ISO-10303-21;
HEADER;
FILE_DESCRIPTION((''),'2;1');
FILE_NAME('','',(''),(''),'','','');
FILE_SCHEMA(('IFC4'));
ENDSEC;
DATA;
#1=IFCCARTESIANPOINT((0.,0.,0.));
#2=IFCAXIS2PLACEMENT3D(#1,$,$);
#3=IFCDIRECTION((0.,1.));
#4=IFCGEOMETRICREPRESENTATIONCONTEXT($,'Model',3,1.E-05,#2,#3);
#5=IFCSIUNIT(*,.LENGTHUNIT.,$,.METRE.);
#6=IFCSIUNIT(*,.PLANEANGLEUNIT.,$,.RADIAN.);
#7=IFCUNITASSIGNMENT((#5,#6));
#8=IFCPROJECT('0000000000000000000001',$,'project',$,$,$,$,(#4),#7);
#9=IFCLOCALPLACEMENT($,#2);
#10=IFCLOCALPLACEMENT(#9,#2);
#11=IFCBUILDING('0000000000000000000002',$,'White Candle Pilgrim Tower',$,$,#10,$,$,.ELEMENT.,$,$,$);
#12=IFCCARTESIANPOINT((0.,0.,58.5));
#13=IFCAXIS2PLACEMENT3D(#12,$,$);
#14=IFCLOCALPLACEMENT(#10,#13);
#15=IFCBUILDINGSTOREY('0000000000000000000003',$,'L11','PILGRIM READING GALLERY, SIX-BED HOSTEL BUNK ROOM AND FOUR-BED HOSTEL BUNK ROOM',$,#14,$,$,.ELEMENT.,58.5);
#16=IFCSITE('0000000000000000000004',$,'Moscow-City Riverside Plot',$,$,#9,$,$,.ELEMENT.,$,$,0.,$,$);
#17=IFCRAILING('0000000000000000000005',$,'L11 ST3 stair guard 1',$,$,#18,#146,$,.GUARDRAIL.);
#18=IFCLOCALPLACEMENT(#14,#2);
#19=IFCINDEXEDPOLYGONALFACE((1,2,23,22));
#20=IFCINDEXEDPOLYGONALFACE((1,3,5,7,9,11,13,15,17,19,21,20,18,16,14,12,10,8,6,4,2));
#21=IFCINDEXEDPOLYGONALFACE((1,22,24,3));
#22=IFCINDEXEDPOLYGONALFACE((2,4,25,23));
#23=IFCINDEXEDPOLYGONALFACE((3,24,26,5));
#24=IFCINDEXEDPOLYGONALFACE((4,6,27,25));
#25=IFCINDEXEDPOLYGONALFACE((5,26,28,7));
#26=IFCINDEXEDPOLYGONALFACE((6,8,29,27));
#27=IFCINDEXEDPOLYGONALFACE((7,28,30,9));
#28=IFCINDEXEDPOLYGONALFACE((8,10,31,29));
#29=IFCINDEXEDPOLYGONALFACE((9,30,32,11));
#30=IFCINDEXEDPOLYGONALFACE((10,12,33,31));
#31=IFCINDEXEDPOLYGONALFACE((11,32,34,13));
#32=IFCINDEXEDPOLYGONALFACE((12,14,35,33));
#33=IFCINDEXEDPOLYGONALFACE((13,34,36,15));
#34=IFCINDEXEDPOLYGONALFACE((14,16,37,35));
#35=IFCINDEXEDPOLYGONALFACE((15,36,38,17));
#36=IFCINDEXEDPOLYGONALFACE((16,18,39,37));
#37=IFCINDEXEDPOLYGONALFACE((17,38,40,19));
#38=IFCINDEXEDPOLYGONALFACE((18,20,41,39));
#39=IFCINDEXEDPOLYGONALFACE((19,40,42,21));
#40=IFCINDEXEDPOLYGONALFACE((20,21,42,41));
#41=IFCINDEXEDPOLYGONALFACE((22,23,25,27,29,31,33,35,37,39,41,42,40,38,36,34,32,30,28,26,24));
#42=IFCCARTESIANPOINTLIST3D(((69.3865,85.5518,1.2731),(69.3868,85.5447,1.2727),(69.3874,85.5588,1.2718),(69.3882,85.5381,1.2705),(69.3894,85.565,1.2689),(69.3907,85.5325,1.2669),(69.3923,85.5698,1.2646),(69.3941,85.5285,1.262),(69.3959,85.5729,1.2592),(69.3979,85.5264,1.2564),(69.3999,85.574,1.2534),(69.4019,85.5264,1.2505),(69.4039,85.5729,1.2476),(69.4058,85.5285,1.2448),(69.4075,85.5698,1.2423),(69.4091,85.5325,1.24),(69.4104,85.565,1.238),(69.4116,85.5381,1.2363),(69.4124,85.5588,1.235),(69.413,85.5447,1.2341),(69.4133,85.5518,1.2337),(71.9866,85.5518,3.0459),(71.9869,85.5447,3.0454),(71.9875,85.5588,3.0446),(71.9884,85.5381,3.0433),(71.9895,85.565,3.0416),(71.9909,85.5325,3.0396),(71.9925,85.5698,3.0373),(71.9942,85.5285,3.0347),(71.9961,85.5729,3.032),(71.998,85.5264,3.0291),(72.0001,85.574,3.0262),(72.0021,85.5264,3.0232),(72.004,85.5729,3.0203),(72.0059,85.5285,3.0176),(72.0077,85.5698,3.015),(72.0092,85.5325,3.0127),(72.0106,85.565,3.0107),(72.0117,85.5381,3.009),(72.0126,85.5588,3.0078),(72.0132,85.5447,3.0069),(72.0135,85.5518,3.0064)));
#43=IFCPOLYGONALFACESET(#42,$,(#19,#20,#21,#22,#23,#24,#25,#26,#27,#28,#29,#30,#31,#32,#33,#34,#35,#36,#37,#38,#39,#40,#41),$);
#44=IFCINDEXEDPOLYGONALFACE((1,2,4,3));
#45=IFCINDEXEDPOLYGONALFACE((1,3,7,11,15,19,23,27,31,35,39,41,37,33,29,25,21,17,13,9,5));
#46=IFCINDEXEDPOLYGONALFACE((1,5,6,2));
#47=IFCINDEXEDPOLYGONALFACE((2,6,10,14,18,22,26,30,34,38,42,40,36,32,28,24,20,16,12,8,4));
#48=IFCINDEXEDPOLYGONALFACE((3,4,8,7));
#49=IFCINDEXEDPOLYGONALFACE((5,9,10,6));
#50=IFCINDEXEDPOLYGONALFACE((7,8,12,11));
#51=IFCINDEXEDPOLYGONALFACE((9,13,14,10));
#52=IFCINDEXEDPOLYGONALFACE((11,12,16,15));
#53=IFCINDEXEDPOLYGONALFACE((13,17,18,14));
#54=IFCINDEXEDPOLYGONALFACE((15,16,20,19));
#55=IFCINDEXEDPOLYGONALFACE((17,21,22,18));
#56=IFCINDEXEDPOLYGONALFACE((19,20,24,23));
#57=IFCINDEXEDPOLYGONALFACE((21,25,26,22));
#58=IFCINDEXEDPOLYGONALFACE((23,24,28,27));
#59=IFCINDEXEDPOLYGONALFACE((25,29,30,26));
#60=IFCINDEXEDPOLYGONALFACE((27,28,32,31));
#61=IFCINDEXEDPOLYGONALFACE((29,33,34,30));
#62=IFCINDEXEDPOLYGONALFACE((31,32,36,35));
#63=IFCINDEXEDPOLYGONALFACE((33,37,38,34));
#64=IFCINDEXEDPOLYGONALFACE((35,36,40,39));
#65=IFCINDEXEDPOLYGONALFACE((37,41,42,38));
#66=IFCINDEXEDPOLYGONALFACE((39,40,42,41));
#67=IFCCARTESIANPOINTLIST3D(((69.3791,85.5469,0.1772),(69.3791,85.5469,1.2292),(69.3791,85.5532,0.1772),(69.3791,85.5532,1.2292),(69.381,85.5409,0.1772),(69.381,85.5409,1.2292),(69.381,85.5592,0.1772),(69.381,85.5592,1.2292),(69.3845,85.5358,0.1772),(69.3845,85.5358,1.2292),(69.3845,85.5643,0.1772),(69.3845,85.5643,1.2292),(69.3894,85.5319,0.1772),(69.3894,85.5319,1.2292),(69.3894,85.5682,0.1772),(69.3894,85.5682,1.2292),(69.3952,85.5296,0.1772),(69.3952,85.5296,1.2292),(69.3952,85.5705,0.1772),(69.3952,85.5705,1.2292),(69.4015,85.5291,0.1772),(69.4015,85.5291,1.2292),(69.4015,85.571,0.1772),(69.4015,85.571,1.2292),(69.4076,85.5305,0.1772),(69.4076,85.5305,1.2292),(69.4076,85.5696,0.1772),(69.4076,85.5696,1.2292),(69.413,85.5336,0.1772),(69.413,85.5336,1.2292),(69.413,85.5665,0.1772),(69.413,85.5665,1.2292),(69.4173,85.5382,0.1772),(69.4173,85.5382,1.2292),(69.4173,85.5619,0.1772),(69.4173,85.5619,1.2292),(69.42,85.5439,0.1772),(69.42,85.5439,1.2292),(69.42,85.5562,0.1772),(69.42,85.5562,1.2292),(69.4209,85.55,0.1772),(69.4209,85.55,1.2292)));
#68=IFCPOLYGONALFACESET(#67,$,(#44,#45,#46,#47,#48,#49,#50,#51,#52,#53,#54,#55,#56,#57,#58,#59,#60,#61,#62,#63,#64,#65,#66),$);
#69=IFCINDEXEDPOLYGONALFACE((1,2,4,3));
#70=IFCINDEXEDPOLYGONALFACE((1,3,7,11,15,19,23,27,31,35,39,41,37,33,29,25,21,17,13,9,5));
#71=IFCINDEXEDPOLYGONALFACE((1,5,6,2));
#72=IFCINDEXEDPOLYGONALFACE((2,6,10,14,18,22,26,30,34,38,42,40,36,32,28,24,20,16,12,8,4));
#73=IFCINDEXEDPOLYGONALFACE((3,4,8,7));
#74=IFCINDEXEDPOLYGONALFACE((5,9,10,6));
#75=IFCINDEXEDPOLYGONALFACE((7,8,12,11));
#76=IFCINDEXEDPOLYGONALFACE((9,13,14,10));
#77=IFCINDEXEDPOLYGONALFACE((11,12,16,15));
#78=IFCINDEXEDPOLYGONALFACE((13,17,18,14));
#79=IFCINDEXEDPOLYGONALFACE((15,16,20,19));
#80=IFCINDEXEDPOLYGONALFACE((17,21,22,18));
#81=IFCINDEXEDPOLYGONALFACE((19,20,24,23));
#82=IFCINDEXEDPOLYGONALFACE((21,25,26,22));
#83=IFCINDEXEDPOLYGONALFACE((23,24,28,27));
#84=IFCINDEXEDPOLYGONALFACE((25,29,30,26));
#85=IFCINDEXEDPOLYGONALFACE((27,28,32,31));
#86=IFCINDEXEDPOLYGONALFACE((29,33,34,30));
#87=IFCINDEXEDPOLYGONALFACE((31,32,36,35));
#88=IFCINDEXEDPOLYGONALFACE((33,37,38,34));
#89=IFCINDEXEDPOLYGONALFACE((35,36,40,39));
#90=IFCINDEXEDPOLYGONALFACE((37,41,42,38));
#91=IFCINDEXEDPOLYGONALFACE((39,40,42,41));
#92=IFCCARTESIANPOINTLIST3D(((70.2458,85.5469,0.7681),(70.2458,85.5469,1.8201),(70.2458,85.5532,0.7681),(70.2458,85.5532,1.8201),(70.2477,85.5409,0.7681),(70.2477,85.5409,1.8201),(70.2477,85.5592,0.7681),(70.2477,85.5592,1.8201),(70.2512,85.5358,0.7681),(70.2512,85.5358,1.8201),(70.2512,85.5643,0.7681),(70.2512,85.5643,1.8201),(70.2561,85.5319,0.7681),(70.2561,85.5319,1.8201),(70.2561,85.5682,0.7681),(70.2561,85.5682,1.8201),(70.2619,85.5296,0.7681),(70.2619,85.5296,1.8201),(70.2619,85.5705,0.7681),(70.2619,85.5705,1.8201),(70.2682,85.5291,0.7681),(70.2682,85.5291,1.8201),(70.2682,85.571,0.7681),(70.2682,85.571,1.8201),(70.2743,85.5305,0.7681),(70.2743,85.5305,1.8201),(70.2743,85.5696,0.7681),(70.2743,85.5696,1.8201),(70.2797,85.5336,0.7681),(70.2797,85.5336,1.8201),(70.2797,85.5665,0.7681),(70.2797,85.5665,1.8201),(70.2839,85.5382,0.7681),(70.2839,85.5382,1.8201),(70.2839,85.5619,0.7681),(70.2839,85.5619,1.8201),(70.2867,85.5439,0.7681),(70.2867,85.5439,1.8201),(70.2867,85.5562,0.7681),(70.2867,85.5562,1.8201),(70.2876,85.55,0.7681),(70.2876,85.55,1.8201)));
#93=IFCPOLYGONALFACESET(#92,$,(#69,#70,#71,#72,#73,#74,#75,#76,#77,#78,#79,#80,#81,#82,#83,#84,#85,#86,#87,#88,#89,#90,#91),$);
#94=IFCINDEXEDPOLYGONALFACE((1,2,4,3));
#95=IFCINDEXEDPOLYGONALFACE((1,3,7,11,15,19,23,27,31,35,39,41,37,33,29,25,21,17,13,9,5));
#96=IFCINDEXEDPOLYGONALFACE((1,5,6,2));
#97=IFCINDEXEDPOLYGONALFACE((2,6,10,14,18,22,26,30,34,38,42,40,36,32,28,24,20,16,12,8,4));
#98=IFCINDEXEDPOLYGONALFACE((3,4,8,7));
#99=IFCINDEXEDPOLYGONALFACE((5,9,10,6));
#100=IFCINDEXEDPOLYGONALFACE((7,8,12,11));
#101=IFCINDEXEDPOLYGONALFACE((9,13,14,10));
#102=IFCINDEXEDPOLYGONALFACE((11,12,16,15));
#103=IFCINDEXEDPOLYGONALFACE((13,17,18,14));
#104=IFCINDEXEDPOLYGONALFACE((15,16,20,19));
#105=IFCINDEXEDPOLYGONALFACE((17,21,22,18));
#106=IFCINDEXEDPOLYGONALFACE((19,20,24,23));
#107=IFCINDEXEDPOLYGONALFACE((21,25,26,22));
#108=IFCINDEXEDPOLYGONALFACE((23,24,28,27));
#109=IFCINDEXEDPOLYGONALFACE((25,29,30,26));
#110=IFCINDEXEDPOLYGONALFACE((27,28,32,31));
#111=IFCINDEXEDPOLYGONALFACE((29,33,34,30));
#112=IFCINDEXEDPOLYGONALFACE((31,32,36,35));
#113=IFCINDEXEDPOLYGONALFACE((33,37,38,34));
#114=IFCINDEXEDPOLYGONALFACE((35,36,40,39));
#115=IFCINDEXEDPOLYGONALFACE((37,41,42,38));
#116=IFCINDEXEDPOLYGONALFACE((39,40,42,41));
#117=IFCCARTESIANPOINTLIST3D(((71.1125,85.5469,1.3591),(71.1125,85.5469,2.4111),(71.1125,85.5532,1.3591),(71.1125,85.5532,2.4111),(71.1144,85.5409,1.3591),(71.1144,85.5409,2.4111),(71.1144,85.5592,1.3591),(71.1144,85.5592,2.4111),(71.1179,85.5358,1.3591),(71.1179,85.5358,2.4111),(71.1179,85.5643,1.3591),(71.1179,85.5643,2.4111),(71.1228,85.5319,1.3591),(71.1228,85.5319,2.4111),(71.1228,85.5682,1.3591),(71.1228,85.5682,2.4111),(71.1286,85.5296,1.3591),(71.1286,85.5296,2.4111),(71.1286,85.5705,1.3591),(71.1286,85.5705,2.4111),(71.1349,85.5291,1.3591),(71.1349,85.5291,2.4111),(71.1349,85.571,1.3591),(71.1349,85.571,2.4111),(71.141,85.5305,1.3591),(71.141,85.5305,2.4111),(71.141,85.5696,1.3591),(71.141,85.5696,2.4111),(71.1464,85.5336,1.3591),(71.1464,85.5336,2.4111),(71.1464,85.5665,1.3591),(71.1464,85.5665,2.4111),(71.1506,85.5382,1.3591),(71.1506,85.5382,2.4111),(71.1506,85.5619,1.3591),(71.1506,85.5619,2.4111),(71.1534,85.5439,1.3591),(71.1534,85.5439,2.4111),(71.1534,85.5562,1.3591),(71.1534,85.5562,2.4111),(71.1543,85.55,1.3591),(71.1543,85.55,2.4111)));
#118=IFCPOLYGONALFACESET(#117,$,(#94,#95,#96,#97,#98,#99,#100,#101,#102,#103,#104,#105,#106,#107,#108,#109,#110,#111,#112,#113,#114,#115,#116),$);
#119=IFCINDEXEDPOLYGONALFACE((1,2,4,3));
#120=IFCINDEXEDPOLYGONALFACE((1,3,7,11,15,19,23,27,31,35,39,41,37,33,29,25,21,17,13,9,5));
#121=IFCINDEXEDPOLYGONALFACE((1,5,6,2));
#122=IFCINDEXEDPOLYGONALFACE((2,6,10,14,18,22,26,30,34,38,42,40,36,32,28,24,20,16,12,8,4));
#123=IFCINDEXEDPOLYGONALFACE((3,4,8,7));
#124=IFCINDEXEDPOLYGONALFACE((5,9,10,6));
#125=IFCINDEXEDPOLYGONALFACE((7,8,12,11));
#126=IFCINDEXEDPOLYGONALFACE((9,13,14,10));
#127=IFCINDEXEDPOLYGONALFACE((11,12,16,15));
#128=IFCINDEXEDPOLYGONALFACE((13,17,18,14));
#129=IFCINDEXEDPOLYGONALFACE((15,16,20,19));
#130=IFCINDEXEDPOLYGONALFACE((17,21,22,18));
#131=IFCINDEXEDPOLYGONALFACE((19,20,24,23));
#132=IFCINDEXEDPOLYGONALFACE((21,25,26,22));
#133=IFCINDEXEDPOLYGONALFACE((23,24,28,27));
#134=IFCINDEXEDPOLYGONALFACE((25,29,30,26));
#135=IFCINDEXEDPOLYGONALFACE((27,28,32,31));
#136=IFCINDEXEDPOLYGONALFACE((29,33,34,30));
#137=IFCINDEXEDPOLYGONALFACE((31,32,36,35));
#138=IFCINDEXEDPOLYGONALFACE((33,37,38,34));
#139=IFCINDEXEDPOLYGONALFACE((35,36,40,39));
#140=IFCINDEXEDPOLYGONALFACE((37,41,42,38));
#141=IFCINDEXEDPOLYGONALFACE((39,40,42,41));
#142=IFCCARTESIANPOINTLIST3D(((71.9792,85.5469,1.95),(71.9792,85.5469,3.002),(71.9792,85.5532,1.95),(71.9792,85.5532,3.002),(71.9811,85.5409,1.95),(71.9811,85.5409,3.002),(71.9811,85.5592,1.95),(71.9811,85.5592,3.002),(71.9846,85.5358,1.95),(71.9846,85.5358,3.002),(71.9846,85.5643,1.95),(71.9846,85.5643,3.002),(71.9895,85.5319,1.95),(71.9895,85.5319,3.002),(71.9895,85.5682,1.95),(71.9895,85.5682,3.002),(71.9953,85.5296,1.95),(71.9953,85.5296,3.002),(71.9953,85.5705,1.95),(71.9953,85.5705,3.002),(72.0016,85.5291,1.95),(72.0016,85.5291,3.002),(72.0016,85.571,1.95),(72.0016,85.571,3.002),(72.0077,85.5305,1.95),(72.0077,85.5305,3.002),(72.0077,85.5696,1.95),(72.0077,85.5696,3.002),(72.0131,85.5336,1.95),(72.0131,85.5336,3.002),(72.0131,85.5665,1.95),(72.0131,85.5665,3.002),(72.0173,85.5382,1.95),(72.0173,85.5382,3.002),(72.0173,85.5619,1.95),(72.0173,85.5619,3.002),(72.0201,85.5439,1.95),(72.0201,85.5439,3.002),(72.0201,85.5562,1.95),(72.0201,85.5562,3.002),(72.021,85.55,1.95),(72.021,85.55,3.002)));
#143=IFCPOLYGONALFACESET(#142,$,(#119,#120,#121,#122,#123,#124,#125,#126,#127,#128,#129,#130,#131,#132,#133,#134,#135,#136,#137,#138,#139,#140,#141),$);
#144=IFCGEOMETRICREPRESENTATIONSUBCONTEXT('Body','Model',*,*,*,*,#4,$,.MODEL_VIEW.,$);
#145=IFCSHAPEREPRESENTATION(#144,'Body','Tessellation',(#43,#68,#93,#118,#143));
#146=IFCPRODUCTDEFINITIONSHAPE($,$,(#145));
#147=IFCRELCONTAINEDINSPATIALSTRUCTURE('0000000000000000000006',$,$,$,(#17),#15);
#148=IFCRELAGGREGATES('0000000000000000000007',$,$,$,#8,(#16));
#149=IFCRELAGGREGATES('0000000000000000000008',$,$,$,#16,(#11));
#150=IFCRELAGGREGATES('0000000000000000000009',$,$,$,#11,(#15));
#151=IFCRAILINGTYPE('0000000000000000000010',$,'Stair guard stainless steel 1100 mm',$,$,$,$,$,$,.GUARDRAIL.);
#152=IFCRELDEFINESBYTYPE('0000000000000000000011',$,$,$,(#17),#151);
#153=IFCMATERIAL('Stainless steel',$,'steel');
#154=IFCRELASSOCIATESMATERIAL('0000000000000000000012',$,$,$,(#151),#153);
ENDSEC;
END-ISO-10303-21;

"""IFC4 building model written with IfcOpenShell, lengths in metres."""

from ifc_helpers import new_model, si_unit, direction, frame, origin, origin_2d, place, context, subcontext, project, spatial, circle, extrude, material, type_object, element, save


model = new_model("IFC4")

# Units and contexts
model_context = context("Model", 3, precision=1e-05, world=origin(), true_north=direction((0.0, 1.0)))
body_context = subcontext(model_context, "Body", "Model", "MODEL_VIEW")
ifc_project = project(units=[si_unit("LENGTHUNIT", "METRE"), si_unit("PLANEANGLEUNIT", "RADIAN")], contexts=[model_context])

# Site, building, storey
site_placement = place(None, origin())
site = spatial("IfcSite", under=ifc_project, at=site_placement, Name="Moscow-City Riverside Plot", CompositionType="ELEMENT", RefElevation=0.0)
building_placement = place(site_placement, origin())
building = spatial("IfcBuilding", under=site, at=building_placement, Name="White Candle Pilgrim Tower", CompositionType="ELEMENT")
storey_placement = place(building_placement, frame((0.0, 0.0, 58.5)))
storey = spatial("IfcBuildingStorey", under=building, at=storey_placement, Name="L11", Description="PILGRIM READING GALLERY, SIX-BED HOSTEL BUNK ROOM AND FOUR-BED HOSTEL BUNK ROOM", CompositionType="ELEMENT", Elevation=58.5)

# Railing
ifc_material_1 = material(Name="Stainless steel", Category="steel")
railing_type_1 = type_object("IfcRailingType", Name="Stair guard stainless steel 1100 mm", PredefinedType="GUARDRAIL", material=ifc_material_1)
railing_1_placement = place(storey_placement, frame((69.3999, 85.55, 0.1772)))
element("IfcRailing", 1, at=railing_1_placement, inside=storey, type_object=railing_type_1, Name="L11 ST3 stair guard 1", PredefinedType="GUARDRAIL", context=body_context, shape_type="SweptSolid", body=[
    extrude(circle(Radius=0.0239, at=origin_2d()), frame((0.0, 0.0, 1.0762), z_axis=(0.82624, 0.0, 0.563318), x_axis=(0.0, 1.0, 0.0)), (0.0, 0.0, 1.0), 3.147),
    extrude(circle(Radius=0.021, at=origin_2d()), origin(), (0.0, 0.0, 1.0), 1.052),
    extrude(circle(Radius=0.021, at=origin_2d()), frame((0.8667, 0.0, 0.5908)), (0.0, 0.0, 1.0), 1.052),
    extrude(circle(Radius=0.021, at=origin_2d()), frame((1.7334, 0.0, 1.1819)), (0.0, 0.0, 1.0), 1.052),
    extrude(circle(Radius=0.021, at=origin_2d()), frame((2.6001, 0.0, 1.7727)), (0.0, 0.0, 1.0), 1.052),
])

save(model, "model.ifc")
